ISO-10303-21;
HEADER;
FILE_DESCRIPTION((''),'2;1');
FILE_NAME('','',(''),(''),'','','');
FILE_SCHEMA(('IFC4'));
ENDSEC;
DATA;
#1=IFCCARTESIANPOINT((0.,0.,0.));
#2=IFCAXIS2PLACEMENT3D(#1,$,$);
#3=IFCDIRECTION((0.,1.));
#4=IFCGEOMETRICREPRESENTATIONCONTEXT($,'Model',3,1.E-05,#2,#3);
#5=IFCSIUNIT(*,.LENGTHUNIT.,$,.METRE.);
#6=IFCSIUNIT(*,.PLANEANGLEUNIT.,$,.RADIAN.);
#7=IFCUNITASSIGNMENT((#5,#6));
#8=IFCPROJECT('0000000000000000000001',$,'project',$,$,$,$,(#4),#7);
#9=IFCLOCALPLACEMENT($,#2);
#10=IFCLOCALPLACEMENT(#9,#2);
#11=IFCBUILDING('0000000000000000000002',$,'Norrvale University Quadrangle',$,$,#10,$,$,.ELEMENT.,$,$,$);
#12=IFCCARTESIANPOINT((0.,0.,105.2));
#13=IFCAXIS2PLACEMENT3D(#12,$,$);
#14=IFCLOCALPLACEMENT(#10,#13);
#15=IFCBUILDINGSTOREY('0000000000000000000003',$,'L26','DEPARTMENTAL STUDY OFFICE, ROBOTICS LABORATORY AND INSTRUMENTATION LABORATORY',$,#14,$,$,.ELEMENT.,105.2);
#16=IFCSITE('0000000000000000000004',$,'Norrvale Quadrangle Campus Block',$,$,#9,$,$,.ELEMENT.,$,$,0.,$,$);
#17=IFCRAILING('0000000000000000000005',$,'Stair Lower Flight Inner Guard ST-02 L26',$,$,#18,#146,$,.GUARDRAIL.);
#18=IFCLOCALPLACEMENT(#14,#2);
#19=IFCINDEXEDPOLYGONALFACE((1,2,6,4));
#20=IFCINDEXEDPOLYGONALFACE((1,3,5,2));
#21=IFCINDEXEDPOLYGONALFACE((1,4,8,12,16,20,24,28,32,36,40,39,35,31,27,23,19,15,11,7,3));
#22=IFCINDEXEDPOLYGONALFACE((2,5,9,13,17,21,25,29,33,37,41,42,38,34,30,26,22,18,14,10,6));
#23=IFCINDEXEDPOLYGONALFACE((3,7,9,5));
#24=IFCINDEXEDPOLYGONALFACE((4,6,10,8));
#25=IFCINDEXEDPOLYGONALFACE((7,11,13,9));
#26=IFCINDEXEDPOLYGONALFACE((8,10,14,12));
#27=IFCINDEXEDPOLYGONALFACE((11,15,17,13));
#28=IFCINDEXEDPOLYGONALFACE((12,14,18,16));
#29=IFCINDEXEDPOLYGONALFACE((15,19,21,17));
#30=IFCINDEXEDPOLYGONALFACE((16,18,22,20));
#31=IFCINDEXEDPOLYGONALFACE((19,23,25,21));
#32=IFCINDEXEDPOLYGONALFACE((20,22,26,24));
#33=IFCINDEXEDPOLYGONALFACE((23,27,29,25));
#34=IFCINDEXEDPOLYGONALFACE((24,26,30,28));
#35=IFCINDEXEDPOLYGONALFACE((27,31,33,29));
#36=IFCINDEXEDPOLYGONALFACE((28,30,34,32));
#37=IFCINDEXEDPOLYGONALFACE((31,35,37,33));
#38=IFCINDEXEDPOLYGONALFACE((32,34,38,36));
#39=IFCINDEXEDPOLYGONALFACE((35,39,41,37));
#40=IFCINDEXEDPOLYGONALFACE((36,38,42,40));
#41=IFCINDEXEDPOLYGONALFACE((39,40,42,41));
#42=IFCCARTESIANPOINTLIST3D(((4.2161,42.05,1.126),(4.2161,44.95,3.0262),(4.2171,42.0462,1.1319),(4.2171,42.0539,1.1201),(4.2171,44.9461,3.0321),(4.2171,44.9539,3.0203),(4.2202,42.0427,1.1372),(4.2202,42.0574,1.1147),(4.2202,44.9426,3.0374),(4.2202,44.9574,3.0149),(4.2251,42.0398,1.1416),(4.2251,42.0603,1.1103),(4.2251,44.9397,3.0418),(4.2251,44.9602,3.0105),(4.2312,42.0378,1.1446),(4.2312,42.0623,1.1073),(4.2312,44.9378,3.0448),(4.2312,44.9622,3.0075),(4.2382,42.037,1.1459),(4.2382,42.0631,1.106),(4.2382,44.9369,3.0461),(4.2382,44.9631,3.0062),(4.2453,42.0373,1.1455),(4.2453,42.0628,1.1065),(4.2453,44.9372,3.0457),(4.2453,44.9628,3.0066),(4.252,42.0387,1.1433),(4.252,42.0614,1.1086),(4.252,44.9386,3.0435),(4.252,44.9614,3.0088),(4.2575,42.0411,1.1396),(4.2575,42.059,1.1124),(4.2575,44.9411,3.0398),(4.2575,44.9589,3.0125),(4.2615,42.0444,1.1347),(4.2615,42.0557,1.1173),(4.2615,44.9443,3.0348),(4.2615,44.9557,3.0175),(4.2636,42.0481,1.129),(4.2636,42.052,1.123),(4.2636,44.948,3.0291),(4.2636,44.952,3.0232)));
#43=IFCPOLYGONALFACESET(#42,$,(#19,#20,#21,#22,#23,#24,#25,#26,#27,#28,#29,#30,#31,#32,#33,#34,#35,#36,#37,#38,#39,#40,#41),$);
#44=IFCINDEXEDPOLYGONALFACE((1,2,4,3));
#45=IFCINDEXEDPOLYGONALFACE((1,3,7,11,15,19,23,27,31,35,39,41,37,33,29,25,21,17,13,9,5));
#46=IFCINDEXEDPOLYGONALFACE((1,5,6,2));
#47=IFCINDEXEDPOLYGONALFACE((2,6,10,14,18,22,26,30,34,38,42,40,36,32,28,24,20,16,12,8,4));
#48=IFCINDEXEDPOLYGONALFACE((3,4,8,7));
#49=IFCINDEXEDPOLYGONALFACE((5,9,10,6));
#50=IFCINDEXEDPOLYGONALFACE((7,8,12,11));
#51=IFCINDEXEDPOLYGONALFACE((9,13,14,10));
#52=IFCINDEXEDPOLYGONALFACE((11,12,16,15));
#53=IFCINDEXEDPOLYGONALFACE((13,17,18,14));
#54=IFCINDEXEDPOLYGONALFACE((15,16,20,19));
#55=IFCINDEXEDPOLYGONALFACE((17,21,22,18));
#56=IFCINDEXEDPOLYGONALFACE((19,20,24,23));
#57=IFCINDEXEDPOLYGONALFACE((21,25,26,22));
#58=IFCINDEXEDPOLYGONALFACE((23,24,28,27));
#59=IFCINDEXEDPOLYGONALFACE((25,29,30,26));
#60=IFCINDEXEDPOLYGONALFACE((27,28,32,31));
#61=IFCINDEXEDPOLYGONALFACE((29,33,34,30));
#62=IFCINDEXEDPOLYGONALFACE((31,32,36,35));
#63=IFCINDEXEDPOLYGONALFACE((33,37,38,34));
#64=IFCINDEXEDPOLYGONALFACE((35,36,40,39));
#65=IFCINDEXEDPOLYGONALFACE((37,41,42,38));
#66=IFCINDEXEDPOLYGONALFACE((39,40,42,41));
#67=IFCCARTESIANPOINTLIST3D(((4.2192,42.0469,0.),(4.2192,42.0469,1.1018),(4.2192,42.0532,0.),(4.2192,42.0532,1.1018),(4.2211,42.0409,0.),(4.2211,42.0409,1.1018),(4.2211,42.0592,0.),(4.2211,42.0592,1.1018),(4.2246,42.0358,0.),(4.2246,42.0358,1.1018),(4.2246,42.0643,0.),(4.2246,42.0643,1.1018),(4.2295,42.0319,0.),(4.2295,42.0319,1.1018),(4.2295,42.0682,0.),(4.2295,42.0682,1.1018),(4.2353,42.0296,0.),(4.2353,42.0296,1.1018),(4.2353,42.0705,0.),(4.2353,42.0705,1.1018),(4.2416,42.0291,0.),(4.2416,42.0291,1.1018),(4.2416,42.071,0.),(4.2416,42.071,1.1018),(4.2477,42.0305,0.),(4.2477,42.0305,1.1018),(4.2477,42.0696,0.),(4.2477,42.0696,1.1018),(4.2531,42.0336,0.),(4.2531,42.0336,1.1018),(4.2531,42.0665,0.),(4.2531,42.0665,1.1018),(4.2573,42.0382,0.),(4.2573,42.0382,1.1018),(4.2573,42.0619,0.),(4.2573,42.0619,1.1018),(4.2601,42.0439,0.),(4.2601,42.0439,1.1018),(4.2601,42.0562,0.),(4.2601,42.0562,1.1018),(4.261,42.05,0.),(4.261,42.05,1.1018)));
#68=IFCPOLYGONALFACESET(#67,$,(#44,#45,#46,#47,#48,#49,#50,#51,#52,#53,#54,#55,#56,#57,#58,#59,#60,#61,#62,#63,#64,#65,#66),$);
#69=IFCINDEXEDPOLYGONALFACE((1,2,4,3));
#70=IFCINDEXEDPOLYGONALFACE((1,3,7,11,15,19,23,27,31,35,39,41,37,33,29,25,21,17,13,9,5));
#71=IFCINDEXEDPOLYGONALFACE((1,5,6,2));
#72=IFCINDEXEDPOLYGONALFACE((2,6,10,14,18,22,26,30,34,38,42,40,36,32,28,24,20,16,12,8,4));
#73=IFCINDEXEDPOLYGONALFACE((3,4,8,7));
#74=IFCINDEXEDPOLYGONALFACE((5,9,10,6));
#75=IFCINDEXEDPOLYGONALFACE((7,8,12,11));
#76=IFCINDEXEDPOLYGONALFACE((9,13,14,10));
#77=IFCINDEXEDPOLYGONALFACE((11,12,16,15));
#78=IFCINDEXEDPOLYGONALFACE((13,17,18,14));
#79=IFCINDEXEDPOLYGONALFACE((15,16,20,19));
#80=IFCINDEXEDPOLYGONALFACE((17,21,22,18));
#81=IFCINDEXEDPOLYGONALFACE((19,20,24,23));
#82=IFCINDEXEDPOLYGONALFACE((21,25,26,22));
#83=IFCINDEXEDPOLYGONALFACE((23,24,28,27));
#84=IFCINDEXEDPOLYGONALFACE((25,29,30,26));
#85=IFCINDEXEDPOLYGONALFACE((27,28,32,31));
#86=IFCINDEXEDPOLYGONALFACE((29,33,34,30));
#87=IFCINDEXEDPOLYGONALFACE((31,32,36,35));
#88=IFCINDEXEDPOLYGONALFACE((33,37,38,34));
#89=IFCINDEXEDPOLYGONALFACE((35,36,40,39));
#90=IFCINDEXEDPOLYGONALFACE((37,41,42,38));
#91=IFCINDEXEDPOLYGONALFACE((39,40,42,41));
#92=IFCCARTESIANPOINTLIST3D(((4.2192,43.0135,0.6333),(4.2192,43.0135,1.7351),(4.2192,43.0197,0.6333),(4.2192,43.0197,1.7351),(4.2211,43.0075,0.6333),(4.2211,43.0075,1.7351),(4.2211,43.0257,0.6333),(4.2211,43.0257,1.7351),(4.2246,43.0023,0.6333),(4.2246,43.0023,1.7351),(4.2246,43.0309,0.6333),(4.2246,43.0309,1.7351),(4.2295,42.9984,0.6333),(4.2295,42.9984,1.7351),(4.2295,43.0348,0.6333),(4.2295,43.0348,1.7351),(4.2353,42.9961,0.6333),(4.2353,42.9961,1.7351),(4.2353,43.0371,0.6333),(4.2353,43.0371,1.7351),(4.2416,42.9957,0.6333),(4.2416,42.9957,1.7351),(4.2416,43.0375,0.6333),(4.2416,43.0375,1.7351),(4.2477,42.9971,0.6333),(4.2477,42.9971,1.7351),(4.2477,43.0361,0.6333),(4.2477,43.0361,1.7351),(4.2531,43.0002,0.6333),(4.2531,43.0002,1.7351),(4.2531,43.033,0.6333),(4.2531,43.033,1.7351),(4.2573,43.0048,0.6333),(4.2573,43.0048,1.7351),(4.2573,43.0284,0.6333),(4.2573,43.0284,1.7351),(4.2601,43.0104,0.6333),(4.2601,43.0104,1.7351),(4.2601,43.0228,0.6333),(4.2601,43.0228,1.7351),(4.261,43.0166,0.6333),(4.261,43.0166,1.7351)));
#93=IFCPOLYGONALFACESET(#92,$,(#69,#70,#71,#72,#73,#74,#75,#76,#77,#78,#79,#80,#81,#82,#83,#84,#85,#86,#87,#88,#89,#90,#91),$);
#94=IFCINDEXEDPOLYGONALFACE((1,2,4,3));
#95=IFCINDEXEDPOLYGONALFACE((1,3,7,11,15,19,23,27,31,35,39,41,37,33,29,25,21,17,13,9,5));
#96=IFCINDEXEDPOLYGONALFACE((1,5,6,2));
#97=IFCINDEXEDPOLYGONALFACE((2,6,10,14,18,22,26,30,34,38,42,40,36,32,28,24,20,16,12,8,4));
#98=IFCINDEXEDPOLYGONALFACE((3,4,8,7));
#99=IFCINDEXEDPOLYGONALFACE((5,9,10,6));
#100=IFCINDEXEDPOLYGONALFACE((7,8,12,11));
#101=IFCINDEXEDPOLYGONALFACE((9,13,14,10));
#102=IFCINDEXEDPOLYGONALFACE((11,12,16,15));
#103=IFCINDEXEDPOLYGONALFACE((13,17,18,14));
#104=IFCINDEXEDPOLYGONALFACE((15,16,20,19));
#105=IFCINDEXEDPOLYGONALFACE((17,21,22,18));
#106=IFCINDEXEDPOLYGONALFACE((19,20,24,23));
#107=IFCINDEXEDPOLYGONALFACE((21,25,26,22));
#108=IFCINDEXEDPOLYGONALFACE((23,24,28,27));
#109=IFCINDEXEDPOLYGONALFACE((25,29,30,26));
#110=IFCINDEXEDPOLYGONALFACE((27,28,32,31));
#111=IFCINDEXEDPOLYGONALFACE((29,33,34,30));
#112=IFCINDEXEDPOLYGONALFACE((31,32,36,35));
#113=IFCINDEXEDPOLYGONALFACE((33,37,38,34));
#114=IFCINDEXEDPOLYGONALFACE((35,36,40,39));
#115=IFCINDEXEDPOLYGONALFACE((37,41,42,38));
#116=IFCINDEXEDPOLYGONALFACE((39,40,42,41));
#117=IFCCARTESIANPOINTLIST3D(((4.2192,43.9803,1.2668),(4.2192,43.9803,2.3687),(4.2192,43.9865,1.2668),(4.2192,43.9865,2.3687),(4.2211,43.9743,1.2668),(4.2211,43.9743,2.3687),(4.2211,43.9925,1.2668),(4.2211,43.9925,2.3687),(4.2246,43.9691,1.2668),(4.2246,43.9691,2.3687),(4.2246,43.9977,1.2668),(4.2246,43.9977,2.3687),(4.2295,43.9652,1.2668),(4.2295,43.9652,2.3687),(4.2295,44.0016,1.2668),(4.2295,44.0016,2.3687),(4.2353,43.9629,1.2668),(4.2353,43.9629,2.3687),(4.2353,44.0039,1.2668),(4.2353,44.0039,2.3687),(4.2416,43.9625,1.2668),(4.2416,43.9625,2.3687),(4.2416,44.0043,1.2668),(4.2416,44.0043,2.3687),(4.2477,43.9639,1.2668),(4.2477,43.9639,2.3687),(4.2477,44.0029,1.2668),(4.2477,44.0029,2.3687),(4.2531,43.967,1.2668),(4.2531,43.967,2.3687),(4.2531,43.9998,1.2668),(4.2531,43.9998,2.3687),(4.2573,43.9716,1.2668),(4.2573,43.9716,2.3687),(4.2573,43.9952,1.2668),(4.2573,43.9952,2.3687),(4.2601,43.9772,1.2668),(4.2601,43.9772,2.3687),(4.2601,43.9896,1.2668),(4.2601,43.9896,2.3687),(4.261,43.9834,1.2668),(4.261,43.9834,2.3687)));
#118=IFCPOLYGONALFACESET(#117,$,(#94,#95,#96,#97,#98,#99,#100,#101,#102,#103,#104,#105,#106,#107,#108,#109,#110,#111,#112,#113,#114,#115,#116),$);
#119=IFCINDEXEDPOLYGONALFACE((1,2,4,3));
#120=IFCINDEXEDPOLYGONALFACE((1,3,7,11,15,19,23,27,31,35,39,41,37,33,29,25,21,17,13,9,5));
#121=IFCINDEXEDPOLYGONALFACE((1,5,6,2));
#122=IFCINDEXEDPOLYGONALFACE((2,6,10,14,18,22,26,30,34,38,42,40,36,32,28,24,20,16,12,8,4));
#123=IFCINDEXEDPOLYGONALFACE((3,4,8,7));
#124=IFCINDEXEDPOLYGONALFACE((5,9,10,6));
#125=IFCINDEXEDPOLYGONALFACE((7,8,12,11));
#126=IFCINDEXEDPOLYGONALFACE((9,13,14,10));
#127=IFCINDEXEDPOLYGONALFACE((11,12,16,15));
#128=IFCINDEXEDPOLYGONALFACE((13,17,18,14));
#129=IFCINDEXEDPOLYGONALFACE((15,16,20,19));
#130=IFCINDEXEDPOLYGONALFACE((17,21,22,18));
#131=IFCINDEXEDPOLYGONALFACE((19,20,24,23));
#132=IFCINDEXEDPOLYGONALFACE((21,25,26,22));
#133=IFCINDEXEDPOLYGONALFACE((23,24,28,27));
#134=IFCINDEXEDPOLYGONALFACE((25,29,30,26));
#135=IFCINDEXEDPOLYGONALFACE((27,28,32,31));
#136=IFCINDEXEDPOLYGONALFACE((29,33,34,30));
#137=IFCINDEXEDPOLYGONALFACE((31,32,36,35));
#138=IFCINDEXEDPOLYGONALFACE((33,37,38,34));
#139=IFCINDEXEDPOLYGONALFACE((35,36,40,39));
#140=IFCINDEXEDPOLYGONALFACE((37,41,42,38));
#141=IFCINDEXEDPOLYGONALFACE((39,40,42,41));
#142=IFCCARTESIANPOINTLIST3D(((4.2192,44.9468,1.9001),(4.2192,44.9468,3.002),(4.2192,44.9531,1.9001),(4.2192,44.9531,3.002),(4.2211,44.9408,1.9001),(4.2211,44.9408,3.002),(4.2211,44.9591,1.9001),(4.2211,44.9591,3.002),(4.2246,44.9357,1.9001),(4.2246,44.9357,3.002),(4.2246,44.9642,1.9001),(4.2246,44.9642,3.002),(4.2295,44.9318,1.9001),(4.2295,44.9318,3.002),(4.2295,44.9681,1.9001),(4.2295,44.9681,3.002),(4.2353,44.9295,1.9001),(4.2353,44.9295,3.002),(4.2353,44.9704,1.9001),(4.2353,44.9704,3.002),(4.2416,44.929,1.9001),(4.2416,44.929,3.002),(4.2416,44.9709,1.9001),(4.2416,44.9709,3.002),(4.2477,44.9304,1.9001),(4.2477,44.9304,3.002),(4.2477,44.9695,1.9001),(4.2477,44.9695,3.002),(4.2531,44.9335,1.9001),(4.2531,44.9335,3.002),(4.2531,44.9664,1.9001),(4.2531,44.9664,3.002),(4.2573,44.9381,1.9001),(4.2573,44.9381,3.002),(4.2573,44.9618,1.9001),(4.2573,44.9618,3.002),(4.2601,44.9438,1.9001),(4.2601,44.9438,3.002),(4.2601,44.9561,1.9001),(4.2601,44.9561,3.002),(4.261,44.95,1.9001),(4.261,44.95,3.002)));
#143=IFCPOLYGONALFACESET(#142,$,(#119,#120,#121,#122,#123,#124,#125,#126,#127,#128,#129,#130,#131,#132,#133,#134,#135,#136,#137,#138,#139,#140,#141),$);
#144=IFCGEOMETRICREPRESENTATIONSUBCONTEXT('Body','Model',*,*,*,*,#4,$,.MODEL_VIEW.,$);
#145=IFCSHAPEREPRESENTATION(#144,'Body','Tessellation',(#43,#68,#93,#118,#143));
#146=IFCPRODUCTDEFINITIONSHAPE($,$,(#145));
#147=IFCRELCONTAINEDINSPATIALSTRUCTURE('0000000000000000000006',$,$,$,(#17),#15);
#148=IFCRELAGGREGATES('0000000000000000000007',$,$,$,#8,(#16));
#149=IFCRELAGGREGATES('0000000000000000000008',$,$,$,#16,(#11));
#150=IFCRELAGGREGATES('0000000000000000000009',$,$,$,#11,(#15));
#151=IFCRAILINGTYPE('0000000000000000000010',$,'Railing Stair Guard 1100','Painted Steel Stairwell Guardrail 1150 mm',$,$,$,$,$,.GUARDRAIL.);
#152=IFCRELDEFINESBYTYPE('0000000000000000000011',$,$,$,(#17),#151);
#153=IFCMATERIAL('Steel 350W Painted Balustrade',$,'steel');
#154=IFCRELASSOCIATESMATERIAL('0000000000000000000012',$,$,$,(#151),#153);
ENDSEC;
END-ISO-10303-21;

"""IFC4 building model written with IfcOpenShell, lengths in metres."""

from ifc_helpers import new_model, si_unit, direction, frame, origin, origin_2d, place, context, subcontext, project, spatial, circle, extrude, material, type_object, element, save


model = new_model("IFC4")

# Units and contexts
model_context = context("Model", 3, precision=1e-05, world=origin(), true_north=direction((0.0, 1.0)))
body_context = subcontext(model_context, "Body", "Model", "MODEL_VIEW")
ifc_project = project(units=[si_unit("LENGTHUNIT", "METRE"), si_unit("PLANEANGLEUNIT", "RADIAN")], contexts=[model_context])

# Site, building, storey
site_placement = place(None, origin())
site = spatial("IfcSite", under=ifc_project, at=site_placement, Name="Norrvale Quadrangle Campus Block", CompositionType="ELEMENT", RefElevation=0.0)
building_placement = place(site_placement, origin())
building = spatial("IfcBuilding", under=site, at=building_placement, Name="Norrvale University Quadrangle", CompositionType="ELEMENT")
storey_placement = place(building_placement, frame((0.0, 0.0, 105.2)))
storey = spatial("IfcBuildingStorey", under=building, at=storey_placement, Name="L26", Description="DEPARTMENTAL STUDY OFFICE, ROBOTICS LABORATORY AND INSTRUMENTATION LABORATORY", CompositionType="ELEMENT", Elevation=105.2)

# Railing
ifc_material_1 = material(Name="Steel 350W Painted Balustrade", Category="steel")
railing_type_1 = type_object("IfcRailingType", Name="Railing Stair Guard 1100", Description="Painted Steel Stairwell Guardrail 1150 mm", PredefinedType="GUARDRAIL", material=ifc_material_1)
railing_1_placement = place(storey_placement, frame((4.24, 42.05, 0.0)))
element("IfcRailing", 1, at=railing_1_placement, inside=storey, type_object=railing_type_1, Name="Stair Lower Flight Inner Guard ST-02 L26", PredefinedType="GUARDRAIL", context=body_context, shape_type="SweptSolid", body=[
    extrude(circle(Radius=0.0239, at=origin_2d()), frame((0.0, 0.0, 1.126), z_axis=(0.0, 0.836433, 0.548069), x_axis=(-1.0, 0.0, 0.0)), (0.0, 0.0, 1.0), 3.467),
    extrude(circle(Radius=0.021, at=origin_2d()), origin(), (0.0, 0.0, 1.0), 1.1018),
    extrude(circle(Radius=0.021, at=origin_2d()), frame((0.0, 0.9666, 0.6333)), (0.0, 0.0, 1.0), 1.1018),
    extrude(circle(Radius=0.021, at=origin_2d()), frame((0.0, 1.9333, 1.2668)), (0.0, 0.0, 1.0), 1.1018),
    extrude(circle(Radius=0.021, at=origin_2d()), frame((0.0, 2.8999, 1.9001)), (0.0, 0.0, 1.0), 1.1018),
])

save(model, "model.ifc")
